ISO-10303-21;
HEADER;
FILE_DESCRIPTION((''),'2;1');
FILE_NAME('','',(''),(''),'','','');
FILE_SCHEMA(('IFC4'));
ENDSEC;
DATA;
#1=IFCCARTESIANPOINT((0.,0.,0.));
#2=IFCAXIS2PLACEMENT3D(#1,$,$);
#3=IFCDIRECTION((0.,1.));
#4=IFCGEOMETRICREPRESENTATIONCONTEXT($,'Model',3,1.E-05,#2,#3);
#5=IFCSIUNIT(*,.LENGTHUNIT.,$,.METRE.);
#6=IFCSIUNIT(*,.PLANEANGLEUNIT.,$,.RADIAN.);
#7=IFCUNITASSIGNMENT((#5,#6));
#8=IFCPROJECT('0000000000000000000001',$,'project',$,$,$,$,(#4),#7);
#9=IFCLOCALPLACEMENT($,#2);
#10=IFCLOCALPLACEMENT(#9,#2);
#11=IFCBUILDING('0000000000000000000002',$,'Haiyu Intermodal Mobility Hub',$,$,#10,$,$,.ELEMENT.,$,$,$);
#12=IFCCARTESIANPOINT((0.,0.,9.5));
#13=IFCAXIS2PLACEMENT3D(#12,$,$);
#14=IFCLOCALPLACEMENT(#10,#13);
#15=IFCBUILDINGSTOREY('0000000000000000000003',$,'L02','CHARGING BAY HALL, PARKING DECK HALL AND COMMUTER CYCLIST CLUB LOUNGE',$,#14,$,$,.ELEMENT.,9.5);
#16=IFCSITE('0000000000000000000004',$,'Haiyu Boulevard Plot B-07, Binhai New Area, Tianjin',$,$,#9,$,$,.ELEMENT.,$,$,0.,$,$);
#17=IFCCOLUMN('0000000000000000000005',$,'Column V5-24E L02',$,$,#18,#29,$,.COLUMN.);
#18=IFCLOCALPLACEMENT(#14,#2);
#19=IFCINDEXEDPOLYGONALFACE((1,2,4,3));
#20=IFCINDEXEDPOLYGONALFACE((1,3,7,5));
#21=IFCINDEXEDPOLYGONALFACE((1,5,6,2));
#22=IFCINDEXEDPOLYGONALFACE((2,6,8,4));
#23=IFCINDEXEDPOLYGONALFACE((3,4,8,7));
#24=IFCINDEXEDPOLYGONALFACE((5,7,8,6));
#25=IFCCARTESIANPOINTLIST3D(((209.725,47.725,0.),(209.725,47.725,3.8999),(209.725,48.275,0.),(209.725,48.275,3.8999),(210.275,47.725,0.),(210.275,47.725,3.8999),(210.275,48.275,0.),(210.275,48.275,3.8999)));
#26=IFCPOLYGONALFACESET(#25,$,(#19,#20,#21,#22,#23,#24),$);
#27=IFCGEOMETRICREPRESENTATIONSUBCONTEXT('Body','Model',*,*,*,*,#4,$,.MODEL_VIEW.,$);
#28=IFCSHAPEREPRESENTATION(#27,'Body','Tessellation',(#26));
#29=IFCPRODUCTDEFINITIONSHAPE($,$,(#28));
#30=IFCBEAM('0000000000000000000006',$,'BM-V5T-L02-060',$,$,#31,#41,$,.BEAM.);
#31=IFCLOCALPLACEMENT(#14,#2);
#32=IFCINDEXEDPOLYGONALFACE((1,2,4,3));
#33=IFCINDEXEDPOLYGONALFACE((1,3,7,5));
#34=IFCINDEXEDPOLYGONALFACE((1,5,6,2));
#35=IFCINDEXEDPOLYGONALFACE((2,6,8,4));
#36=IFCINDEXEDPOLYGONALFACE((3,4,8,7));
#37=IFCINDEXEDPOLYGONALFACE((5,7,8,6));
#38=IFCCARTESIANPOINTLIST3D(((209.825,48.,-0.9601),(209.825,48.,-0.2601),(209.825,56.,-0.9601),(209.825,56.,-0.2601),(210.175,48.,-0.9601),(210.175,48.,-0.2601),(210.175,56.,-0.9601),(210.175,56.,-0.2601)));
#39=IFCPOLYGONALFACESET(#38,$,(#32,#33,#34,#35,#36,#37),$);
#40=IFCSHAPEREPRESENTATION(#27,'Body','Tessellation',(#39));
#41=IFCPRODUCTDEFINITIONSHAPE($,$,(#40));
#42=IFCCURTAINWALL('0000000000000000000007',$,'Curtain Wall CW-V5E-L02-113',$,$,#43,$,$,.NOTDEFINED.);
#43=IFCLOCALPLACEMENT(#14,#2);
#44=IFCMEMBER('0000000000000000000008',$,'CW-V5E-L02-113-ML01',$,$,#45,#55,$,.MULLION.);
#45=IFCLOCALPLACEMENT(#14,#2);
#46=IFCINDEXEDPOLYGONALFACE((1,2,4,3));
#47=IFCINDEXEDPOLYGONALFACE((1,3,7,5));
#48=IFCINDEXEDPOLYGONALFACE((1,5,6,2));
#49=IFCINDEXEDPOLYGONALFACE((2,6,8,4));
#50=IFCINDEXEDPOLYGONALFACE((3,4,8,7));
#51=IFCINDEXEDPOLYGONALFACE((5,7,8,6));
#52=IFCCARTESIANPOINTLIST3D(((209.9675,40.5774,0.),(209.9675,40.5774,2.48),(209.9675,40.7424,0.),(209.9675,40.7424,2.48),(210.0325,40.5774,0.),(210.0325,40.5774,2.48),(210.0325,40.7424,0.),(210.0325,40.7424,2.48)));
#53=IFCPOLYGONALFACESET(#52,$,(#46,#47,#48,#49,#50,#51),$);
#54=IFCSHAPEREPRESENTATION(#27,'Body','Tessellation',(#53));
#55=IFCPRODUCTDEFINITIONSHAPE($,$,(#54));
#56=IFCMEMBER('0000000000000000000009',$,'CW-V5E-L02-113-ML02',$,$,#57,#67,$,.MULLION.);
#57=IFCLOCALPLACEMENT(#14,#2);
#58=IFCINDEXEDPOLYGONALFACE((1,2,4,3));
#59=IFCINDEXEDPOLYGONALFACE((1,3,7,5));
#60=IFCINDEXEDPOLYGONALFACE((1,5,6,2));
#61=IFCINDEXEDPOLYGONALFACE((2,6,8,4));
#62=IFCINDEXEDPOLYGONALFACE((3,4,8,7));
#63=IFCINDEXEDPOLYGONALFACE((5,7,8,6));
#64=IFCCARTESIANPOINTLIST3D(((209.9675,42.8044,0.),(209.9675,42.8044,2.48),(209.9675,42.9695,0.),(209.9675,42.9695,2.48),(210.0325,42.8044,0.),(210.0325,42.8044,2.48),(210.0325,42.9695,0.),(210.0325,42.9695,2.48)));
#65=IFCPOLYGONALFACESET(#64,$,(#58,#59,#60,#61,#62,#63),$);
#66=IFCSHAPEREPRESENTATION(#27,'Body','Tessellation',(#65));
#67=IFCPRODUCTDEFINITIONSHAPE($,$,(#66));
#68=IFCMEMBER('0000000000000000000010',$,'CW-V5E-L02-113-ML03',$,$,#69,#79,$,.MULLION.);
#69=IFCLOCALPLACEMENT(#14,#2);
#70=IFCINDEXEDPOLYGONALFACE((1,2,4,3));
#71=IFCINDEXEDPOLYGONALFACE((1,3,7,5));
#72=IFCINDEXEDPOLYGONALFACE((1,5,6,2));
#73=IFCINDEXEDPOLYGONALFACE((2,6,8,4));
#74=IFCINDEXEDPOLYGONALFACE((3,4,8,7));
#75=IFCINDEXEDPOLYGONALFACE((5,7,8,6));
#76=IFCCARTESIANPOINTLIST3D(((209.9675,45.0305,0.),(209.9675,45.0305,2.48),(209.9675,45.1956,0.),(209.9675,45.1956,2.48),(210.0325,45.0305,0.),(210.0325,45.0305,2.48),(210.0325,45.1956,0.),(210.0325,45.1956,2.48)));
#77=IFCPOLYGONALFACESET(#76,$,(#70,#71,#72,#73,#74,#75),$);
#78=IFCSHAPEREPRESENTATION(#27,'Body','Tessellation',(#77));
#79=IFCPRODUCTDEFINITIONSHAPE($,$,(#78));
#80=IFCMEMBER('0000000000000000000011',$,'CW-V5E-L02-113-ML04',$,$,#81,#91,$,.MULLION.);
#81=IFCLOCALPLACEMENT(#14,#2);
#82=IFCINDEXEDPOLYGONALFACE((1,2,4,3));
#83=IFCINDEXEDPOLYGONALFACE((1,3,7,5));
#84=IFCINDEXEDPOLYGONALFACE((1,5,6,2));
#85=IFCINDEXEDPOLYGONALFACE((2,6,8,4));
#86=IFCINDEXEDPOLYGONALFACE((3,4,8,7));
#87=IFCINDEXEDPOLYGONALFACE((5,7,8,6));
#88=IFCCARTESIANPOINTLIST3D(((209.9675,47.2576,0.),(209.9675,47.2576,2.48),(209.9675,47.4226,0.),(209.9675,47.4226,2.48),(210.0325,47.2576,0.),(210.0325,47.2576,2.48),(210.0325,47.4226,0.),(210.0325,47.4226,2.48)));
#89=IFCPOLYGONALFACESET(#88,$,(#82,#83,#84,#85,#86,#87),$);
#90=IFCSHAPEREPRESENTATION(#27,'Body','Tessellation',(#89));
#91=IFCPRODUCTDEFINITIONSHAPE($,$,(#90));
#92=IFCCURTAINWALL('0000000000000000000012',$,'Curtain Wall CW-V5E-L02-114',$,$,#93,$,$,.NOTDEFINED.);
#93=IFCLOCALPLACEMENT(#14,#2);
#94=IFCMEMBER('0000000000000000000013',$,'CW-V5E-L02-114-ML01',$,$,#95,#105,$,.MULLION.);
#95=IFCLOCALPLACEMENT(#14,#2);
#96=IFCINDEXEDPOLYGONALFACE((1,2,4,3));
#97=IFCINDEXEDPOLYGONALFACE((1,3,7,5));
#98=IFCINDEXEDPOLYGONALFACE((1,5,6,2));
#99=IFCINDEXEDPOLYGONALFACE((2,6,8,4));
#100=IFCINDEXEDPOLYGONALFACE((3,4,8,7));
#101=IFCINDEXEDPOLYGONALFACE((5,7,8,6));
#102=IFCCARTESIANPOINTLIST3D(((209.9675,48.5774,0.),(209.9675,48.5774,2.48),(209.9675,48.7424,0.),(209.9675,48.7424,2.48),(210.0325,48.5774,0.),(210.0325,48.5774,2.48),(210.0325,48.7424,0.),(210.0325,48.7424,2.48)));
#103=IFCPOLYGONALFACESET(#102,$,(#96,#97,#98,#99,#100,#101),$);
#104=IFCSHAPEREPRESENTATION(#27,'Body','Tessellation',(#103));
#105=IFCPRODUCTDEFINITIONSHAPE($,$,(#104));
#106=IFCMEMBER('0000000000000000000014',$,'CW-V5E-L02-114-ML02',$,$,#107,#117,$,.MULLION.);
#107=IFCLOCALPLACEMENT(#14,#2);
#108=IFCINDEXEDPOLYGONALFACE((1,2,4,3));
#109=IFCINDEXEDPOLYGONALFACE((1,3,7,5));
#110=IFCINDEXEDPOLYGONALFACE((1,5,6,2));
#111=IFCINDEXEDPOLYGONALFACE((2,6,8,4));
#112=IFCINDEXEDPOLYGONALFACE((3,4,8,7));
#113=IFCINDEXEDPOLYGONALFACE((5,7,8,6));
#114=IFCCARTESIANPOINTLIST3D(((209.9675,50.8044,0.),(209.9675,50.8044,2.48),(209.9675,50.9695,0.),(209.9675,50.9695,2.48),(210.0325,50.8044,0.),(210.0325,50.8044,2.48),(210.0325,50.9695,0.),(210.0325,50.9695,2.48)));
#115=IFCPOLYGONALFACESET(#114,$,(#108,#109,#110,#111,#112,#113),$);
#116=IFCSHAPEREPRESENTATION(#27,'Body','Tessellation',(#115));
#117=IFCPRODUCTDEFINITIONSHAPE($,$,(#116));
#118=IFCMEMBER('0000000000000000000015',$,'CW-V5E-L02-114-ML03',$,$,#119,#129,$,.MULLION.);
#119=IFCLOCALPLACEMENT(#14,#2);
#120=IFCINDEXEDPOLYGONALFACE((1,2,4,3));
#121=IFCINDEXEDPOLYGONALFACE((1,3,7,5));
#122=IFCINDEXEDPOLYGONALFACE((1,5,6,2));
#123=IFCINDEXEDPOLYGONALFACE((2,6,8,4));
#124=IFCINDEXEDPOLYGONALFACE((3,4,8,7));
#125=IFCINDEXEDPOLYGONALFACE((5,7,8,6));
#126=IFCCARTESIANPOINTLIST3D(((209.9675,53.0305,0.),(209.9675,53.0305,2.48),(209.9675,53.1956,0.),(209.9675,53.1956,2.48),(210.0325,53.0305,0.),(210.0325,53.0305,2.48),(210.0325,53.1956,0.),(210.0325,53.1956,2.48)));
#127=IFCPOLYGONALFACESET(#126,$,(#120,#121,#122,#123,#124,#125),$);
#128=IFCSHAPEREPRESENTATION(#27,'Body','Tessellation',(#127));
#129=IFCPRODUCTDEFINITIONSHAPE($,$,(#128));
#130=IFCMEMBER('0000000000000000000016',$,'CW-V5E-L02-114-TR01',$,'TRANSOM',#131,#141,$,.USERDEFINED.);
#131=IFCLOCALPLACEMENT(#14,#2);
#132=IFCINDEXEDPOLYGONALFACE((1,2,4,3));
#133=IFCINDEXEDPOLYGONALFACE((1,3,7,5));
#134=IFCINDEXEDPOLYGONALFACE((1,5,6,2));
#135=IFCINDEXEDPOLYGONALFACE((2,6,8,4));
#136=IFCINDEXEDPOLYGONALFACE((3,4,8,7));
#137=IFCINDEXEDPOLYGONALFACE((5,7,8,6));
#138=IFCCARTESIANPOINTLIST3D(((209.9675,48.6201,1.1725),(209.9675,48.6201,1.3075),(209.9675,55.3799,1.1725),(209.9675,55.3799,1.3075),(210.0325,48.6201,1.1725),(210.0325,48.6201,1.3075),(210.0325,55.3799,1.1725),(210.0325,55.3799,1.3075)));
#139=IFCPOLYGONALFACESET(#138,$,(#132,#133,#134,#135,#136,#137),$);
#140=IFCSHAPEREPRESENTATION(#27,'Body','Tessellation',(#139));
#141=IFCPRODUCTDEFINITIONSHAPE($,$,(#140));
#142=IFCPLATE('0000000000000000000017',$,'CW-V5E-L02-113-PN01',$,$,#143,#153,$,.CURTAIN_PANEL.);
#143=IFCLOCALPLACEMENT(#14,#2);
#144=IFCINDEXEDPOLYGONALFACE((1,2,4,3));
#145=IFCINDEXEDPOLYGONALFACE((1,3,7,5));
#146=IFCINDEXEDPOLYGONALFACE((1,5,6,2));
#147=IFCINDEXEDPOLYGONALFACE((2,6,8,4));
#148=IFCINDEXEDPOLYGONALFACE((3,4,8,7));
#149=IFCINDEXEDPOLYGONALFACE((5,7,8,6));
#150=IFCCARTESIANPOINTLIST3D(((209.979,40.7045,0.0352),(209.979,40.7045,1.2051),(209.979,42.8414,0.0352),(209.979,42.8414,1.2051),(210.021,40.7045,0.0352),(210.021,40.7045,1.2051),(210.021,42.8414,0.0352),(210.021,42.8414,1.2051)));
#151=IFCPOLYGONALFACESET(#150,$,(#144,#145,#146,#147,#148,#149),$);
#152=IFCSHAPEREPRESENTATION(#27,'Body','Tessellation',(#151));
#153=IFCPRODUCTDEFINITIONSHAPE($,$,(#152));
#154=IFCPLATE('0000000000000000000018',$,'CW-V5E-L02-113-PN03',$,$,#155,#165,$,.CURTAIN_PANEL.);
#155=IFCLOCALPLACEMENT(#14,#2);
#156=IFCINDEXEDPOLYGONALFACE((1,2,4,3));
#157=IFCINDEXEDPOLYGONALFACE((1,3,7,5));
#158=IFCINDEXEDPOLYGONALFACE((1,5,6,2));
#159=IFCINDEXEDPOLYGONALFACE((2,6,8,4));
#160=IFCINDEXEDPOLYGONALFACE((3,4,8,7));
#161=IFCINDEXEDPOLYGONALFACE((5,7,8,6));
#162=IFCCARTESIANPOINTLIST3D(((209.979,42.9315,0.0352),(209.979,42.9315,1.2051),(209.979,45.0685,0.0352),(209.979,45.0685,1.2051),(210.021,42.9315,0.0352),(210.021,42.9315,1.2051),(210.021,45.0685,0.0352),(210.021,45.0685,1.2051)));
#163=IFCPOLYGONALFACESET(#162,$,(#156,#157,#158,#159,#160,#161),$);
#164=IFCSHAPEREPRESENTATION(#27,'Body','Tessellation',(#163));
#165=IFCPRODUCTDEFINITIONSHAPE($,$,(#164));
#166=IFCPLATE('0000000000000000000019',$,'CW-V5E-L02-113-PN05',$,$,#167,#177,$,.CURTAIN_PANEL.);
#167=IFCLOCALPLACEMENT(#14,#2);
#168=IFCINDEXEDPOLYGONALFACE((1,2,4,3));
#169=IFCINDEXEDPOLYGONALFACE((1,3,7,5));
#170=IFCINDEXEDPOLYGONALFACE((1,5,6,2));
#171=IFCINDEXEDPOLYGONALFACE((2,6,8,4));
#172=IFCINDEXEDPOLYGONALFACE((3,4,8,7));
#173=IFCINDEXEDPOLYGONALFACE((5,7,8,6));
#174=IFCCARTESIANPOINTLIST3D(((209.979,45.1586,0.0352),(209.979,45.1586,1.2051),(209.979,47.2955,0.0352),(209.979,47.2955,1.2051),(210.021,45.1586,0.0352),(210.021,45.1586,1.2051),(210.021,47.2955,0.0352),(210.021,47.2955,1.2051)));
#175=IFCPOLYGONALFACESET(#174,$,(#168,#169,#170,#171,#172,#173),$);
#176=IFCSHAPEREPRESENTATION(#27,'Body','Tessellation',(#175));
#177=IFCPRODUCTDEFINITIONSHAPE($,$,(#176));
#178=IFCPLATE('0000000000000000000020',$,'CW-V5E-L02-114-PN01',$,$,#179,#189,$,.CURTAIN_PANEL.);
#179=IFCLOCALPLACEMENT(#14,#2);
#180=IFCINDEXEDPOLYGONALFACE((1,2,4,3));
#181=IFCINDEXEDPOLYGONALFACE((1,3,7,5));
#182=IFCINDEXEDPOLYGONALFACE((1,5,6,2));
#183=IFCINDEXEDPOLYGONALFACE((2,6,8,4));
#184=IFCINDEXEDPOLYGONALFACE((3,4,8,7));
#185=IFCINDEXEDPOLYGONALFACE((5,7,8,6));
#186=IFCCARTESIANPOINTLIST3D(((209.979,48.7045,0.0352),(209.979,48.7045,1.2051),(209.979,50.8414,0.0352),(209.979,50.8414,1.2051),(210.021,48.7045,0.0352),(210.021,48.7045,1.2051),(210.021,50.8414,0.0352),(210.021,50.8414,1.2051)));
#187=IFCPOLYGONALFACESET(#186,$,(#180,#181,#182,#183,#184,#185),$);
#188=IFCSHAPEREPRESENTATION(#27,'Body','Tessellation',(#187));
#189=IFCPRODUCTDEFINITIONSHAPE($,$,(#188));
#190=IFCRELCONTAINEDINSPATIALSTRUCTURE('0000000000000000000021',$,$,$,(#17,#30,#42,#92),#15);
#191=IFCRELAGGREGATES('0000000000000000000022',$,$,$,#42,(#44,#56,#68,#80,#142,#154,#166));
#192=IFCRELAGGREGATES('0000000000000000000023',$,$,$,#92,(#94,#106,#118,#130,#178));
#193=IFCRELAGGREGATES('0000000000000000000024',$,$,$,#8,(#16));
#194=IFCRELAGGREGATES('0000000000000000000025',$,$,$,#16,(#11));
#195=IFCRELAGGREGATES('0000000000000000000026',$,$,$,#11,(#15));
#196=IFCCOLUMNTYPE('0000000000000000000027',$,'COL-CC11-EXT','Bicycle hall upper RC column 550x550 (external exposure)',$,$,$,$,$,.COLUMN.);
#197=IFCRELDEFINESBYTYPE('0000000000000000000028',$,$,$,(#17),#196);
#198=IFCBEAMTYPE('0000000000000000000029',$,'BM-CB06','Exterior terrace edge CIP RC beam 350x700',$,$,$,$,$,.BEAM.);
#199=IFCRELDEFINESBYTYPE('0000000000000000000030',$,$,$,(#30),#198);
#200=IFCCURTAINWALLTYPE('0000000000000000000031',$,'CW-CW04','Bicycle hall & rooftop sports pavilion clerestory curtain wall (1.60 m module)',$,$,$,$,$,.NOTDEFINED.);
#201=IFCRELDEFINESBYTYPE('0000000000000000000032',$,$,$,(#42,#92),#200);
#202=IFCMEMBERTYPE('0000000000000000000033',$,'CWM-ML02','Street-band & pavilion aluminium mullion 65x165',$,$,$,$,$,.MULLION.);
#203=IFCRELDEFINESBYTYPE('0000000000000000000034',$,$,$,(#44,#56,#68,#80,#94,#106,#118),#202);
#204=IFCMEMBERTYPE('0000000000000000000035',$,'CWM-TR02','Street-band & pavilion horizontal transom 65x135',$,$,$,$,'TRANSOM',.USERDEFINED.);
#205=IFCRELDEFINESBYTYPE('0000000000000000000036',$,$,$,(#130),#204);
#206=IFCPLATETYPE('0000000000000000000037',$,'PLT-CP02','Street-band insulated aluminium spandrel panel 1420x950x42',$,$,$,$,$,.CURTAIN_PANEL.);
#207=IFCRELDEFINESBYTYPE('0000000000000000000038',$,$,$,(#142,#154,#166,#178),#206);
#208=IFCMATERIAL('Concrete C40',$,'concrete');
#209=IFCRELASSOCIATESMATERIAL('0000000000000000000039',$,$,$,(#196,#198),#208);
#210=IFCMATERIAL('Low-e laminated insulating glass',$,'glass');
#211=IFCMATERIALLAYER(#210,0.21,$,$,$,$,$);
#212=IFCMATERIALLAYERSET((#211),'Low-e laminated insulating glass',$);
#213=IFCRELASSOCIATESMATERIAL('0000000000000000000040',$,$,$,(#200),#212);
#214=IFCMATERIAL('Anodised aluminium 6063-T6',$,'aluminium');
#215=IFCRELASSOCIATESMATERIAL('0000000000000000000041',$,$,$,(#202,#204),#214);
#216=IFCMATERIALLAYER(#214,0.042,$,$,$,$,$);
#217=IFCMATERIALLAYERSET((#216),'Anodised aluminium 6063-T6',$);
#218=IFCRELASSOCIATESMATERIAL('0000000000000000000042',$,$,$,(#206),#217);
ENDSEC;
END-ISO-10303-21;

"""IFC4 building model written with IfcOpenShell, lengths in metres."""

from ifc_helpers import new_model, si_unit, direction, frame, origin, origin_2d, place, context, subcontext, project, spatial, rectangle, extrude, material, layer, layer_set, material_profile, profile_set, type_object, element, aggregate, save


model = new_model("IFC4")

# Units and contexts
model_context = context("Model", 3, precision=1e-05, world=origin(), true_north=direction((0.0, 1.0)))
body_context = subcontext(model_context, "Body", "Model", "MODEL_VIEW")
ifc_project = project(units=[si_unit("LENGTHUNIT", "METRE"), si_unit("PLANEANGLEUNIT", "RADIAN")], contexts=[model_context])

# Site, building, storey
site_placement = place(None, origin())
site = spatial("IfcSite", under=ifc_project, at=site_placement, Name="Haiyu Boulevard Plot B-07, Binhai New Area, Tianjin", CompositionType="ELEMENT", RefElevation=0.0)
building_placement = place(site_placement, origin())
building = spatial("IfcBuilding", under=site, at=building_placement, Name="Haiyu Intermodal Mobility Hub", CompositionType="ELEMENT")
storey_placement = place(building_placement, frame((0.0, 0.0, 9.5)))
storey = spatial("IfcBuildingStorey", under=building, at=storey_placement, Name="L02", Description="CHARGING BAY HALL, PARKING DECK HALL AND COMMUTER CYCLIST CLUB LOUNGE", CompositionType="ELEMENT", Elevation=9.5)

# Column
ifc_material_1 = material(Name="Concrete C40", Category="concrete")
ifc_material_profile_1 = material_profile(ifc_material_1, rectangle(XDim=0.55, YDim=0.55, at=origin_2d()), Name="RC550x550")
ifc_profile_set_1 = profile_set([ifc_material_profile_1], Name="Concrete C40")
column_type = type_object("IfcColumnType", Name="COL-CC11-EXT", Description="Bicycle hall upper RC column 550x550 (external exposure)", PredefinedType="COLUMN", material=ifc_profile_set_1)
column_placement = place(storey_placement, frame((210.0, 48.0, 0.0), z_axis=(0.0, 0.0, 1.0), x_axis=(1.0, 0.0, 0.0)))
element("IfcColumn", 1, at=column_placement, inside=storey, type_object=column_type, Name="Column V5-24E L02", PredefinedType="COLUMN", context=body_context, shape_type="SweptSolid", body=[
    extrude(rectangle(XDim=0.55, YDim=0.55, at=origin_2d()), origin(), (0.0, 0.0, 1.0), 3.8999),
])

# Beam
ifc_material_profile_2 = material_profile(ifc_material_1, rectangle(XDim=0.3501, YDim=0.7, at=origin_2d()), Name="RCB350x700")
ifc_profile_set_2 = profile_set([ifc_material_profile_2], Name="Concrete C40")
beam_type = type_object("IfcBeamType", Name="BM-CB06", Description="Exterior terrace edge CIP RC beam 350x700", PredefinedType="BEAM", material=ifc_profile_set_2)
beam_placement = place(storey_placement, frame((210.0, 48.0, -0.6101), z_axis=(0.0, 1.0, 0.0), x_axis=(-1.0, 0.0, 0.0)))
element("IfcBeam", 2, at=beam_placement, inside=storey, type_object=beam_type, Name="BM-V5T-L02-060", PredefinedType="BEAM", context=body_context, shape_type="SweptSolid", body=[
    extrude(rectangle(XDim=0.3501, YDim=0.7, at=origin_2d()), origin(), (0.0, 0.0, 1.0), 8.0),
])

# Curtain walls, members
ifc_material_2 = material(Name="Low-e laminated insulating glass", Category="glass")
ifc_layer_1 = layer(ifc_material_2, 0.21)
ifc_layer_set_1 = layer_set([ifc_layer_1], Name="Low-e laminated insulating glass")
curtain_wall_type = type_object("IfcCurtainWallType", Name="CW-CW04", Description="Bicycle hall & rooftop sports pavilion clerestory curtain wall (1.60 m module)", PredefinedType="NOTDEFINED", material=ifc_layer_set_1)
curtain_wall_1_placement = place(storey_placement, origin())
curtain_wall_1 = element("IfcCurtainWall", 3, at=curtain_wall_1_placement, inside=storey, type_object=curtain_wall_type, Name="Curtain Wall CW-V5E-L02-113", PredefinedType="NOTDEFINED")
ifc_material_3 = material(Name="Anodised aluminium 6063-T6", Category="aluminium")
ifc_material_profile_3 = material_profile(ifc_material_3, rectangle(XDim=0.0649, YDim=0.165, at=origin_2d()), Name="ALU65x165")
ifc_profile_set_3 = profile_set([ifc_material_profile_3], Name="Anodised aluminium 6063-T6")
member_type_1 = type_object("IfcMemberType", Name="CWM-ML02", Description="Street-band & pavilion aluminium mullion 65x165", PredefinedType="MULLION", material=ifc_profile_set_3)
member_1_placement = place(storey_placement, frame((210.0, 40.6599, 0.0), z_axis=(0.0, 0.0, 1.0), x_axis=(1.0, 0.0, 0.0)))
member_1 = element("IfcMember", 4, at=member_1_placement, type_object=member_type_1, Name="CW-V5E-L02-113-ML01", PredefinedType="MULLION", context=body_context, shape_type="SweptSolid", body=[
    extrude(rectangle(XDim=0.0649, YDim=0.165, at=origin_2d()), origin(), (0.0, 0.0, 1.0), 2.48),
])
member_2_placement = place(storey_placement, frame((210.0, 42.887, 0.0), z_axis=(0.0, 0.0, 1.0), x_axis=(1.0, 0.0, 0.0)))
member_2 = element("IfcMember", 5, at=member_2_placement, type_object=member_type_1, Name="CW-V5E-L02-113-ML02", PredefinedType="MULLION", context=body_context, shape_type="SweptSolid", body=[
    extrude(rectangle(XDim=0.0649, YDim=0.165, at=origin_2d()), origin(), (0.0, 0.0, 1.0), 2.48),
])
member_3_placement = place(storey_placement, frame((210.0, 45.113, 0.0), z_axis=(0.0, 0.0, 1.0), x_axis=(1.0, 0.0, 0.0)))
member_3 = element("IfcMember", 6, at=member_3_placement, type_object=member_type_1, Name="CW-V5E-L02-113-ML03", PredefinedType="MULLION", context=body_context, shape_type="SweptSolid", body=[
    extrude(rectangle(XDim=0.0649, YDim=0.165, at=origin_2d()), origin(), (0.0, 0.0, 1.0), 2.48),
])
member_4_placement = place(storey_placement, frame((210.0, 47.3401, 0.0), z_axis=(0.0, 0.0, 1.0), x_axis=(1.0, 0.0, 0.0)))
member_4 = element("IfcMember", 7, at=member_4_placement, type_object=member_type_1, Name="CW-V5E-L02-113-ML04", PredefinedType="MULLION", context=body_context, shape_type="SweptSolid", body=[
    extrude(rectangle(XDim=0.0649, YDim=0.165, at=origin_2d()), origin(), (0.0, 0.0, 1.0), 2.48),
])
curtain_wall_2_placement = place(storey_placement, origin())
curtain_wall_2 = element("IfcCurtainWall", 8, at=curtain_wall_2_placement, inside=storey, type_object=curtain_wall_type, Name="Curtain Wall CW-V5E-L02-114", PredefinedType="NOTDEFINED")
member_5_placement = place(storey_placement, frame((210.0, 48.6599, 0.0), z_axis=(0.0, 0.0, 1.0), x_axis=(1.0, 0.0, 0.0)))
member_5 = element("IfcMember", 9, at=member_5_placement, type_object=member_type_1, Name="CW-V5E-L02-114-ML01", PredefinedType="MULLION", context=body_context, shape_type="SweptSolid", body=[
    extrude(rectangle(XDim=0.0649, YDim=0.165, at=origin_2d()), origin(), (0.0, 0.0, 1.0), 2.48),
])
member_6_placement = place(storey_placement, frame((210.0, 50.887, 0.0), z_axis=(0.0, 0.0, 1.0), x_axis=(1.0, 0.0, 0.0)))
member_6 = element("IfcMember", 10, at=member_6_placement, type_object=member_type_1, Name="CW-V5E-L02-114-ML02", PredefinedType="MULLION", context=body_context, shape_type="SweptSolid", body=[
    extrude(rectangle(XDim=0.0649, YDim=0.165, at=origin_2d()), origin(), (0.0, 0.0, 1.0), 2.48),
])
member_7_placement = place(storey_placement, frame((210.0, 53.113, 0.0), z_axis=(0.0, 0.0, 1.0), x_axis=(1.0, 0.0, 0.0)))
member_7 = element("IfcMember", 11, at=member_7_placement, type_object=member_type_1, Name="CW-V5E-L02-114-ML03", PredefinedType="MULLION", context=body_context, shape_type="SweptSolid", body=[
    extrude(rectangle(XDim=0.0649, YDim=0.165, at=origin_2d()), origin(), (0.0, 0.0, 1.0), 2.48),
])
ifc_material_profile_4 = material_profile(ifc_material_3, rectangle(XDim=0.0649, YDim=0.135, at=origin_2d()), Name="ALU65x135")
ifc_profile_set_4 = profile_set([ifc_material_profile_4], Name="Anodised aluminium 6063-T6")
member_type_2 = type_object("IfcMemberType", Name="CWM-TR02", Description="Street-band & pavilion horizontal transom 65x135", ElementType="TRANSOM", PredefinedType="USERDEFINED", material=ifc_profile_set_4)
member_8_placement = place(storey_placement, frame((210.0, 48.6201, 1.24), z_axis=(0.0, 1.0, 0.0), x_axis=(-1.0, 0.0, 0.0)))
member_8 = element("IfcMember", 12, at=member_8_placement, type_object=member_type_2, Name="CW-V5E-L02-114-TR01", ObjectType="TRANSOM", PredefinedType="USERDEFINED", context=body_context, shape_type="SweptSolid", body=[
    extrude(rectangle(XDim=0.0649, YDim=0.135, at=origin_2d()), origin(), (0.0, 0.0, 1.0), 6.7598),
])

# Plates
ifc_layer_2 = layer(ifc_material_3, 0.042)
ifc_layer_set_2 = layer_set([ifc_layer_2], Name="Anodised aluminium 6063-T6")
plate_type_1 = type_object("IfcPlateType", Name="PLT-CP02", Description="Street-band insulated aluminium spandrel panel 1420x950x42", PredefinedType="CURTAIN_PANEL", material=ifc_layer_set_2)
plate_1_placement = place(storey_placement, frame((210.0, 41.7729, 0.0352), z_axis=(0.0, 0.0, 1.0), x_axis=(0.0, 1.0, 0.0)))
plate_1 = element("IfcPlate", 13, at=plate_1_placement, type_object=plate_type_1, Name="CW-V5E-L02-113-PN01", PredefinedType="CURTAIN_PANEL", context=body_context, shape_type="SweptSolid", body=[
    extrude(rectangle(XDim=2.137, YDim=0.042, at=origin_2d()), origin(), (0.0, 0.0, 1.0), 1.1699),
])
plate_2_placement = place(storey_placement, frame((210.0, 44.0, 0.0352), z_axis=(0.0, 0.0, 1.0), x_axis=(0.0, 1.0, 0.0)))
plate_2 = element("IfcPlate", 14, at=plate_2_placement, type_object=plate_type_1, Name="CW-V5E-L02-113-PN03", PredefinedType="CURTAIN_PANEL", context=body_context, shape_type="SweptSolid", body=[
    extrude(rectangle(XDim=2.137, YDim=0.042, at=origin_2d()), origin(), (0.0, 0.0, 1.0), 1.1699),
])
plate_3_placement = place(storey_placement, frame((210.0, 46.2271, 0.0352), z_axis=(0.0, 0.0, 1.0), x_axis=(0.0, 1.0, 0.0)))
plate_3 = element("IfcPlate", 15, at=plate_3_placement, type_object=plate_type_1, Name="CW-V5E-L02-113-PN05", PredefinedType="CURTAIN_PANEL", context=body_context, shape_type="SweptSolid", body=[
    extrude(rectangle(XDim=2.137, YDim=0.042, at=origin_2d()), origin(), (0.0, 0.0, 1.0), 1.1699),
])
plate_4_placement = place(storey_placement, frame((210.0, 49.7729, 0.0352), z_axis=(0.0, 0.0, 1.0), x_axis=(0.0, 1.0, 0.0)))
plate_4 = element("IfcPlate", 16, at=plate_4_placement, type_object=plate_type_1, Name="CW-V5E-L02-114-PN01", PredefinedType="CURTAIN_PANEL", context=body_context, shape_type="SweptSolid", body=[
    extrude(rectangle(XDim=2.137, YDim=0.042, at=origin_2d()), origin(), (0.0, 0.0, 1.0), 1.1699),
])
aggregate(curtain_wall_1, [member_1, member_2, member_3, member_4, plate_1, plate_2, plate_3])
aggregate(curtain_wall_2, [member_5, member_6, member_7, member_8, plate_4])

save(model, "model.ifc")
